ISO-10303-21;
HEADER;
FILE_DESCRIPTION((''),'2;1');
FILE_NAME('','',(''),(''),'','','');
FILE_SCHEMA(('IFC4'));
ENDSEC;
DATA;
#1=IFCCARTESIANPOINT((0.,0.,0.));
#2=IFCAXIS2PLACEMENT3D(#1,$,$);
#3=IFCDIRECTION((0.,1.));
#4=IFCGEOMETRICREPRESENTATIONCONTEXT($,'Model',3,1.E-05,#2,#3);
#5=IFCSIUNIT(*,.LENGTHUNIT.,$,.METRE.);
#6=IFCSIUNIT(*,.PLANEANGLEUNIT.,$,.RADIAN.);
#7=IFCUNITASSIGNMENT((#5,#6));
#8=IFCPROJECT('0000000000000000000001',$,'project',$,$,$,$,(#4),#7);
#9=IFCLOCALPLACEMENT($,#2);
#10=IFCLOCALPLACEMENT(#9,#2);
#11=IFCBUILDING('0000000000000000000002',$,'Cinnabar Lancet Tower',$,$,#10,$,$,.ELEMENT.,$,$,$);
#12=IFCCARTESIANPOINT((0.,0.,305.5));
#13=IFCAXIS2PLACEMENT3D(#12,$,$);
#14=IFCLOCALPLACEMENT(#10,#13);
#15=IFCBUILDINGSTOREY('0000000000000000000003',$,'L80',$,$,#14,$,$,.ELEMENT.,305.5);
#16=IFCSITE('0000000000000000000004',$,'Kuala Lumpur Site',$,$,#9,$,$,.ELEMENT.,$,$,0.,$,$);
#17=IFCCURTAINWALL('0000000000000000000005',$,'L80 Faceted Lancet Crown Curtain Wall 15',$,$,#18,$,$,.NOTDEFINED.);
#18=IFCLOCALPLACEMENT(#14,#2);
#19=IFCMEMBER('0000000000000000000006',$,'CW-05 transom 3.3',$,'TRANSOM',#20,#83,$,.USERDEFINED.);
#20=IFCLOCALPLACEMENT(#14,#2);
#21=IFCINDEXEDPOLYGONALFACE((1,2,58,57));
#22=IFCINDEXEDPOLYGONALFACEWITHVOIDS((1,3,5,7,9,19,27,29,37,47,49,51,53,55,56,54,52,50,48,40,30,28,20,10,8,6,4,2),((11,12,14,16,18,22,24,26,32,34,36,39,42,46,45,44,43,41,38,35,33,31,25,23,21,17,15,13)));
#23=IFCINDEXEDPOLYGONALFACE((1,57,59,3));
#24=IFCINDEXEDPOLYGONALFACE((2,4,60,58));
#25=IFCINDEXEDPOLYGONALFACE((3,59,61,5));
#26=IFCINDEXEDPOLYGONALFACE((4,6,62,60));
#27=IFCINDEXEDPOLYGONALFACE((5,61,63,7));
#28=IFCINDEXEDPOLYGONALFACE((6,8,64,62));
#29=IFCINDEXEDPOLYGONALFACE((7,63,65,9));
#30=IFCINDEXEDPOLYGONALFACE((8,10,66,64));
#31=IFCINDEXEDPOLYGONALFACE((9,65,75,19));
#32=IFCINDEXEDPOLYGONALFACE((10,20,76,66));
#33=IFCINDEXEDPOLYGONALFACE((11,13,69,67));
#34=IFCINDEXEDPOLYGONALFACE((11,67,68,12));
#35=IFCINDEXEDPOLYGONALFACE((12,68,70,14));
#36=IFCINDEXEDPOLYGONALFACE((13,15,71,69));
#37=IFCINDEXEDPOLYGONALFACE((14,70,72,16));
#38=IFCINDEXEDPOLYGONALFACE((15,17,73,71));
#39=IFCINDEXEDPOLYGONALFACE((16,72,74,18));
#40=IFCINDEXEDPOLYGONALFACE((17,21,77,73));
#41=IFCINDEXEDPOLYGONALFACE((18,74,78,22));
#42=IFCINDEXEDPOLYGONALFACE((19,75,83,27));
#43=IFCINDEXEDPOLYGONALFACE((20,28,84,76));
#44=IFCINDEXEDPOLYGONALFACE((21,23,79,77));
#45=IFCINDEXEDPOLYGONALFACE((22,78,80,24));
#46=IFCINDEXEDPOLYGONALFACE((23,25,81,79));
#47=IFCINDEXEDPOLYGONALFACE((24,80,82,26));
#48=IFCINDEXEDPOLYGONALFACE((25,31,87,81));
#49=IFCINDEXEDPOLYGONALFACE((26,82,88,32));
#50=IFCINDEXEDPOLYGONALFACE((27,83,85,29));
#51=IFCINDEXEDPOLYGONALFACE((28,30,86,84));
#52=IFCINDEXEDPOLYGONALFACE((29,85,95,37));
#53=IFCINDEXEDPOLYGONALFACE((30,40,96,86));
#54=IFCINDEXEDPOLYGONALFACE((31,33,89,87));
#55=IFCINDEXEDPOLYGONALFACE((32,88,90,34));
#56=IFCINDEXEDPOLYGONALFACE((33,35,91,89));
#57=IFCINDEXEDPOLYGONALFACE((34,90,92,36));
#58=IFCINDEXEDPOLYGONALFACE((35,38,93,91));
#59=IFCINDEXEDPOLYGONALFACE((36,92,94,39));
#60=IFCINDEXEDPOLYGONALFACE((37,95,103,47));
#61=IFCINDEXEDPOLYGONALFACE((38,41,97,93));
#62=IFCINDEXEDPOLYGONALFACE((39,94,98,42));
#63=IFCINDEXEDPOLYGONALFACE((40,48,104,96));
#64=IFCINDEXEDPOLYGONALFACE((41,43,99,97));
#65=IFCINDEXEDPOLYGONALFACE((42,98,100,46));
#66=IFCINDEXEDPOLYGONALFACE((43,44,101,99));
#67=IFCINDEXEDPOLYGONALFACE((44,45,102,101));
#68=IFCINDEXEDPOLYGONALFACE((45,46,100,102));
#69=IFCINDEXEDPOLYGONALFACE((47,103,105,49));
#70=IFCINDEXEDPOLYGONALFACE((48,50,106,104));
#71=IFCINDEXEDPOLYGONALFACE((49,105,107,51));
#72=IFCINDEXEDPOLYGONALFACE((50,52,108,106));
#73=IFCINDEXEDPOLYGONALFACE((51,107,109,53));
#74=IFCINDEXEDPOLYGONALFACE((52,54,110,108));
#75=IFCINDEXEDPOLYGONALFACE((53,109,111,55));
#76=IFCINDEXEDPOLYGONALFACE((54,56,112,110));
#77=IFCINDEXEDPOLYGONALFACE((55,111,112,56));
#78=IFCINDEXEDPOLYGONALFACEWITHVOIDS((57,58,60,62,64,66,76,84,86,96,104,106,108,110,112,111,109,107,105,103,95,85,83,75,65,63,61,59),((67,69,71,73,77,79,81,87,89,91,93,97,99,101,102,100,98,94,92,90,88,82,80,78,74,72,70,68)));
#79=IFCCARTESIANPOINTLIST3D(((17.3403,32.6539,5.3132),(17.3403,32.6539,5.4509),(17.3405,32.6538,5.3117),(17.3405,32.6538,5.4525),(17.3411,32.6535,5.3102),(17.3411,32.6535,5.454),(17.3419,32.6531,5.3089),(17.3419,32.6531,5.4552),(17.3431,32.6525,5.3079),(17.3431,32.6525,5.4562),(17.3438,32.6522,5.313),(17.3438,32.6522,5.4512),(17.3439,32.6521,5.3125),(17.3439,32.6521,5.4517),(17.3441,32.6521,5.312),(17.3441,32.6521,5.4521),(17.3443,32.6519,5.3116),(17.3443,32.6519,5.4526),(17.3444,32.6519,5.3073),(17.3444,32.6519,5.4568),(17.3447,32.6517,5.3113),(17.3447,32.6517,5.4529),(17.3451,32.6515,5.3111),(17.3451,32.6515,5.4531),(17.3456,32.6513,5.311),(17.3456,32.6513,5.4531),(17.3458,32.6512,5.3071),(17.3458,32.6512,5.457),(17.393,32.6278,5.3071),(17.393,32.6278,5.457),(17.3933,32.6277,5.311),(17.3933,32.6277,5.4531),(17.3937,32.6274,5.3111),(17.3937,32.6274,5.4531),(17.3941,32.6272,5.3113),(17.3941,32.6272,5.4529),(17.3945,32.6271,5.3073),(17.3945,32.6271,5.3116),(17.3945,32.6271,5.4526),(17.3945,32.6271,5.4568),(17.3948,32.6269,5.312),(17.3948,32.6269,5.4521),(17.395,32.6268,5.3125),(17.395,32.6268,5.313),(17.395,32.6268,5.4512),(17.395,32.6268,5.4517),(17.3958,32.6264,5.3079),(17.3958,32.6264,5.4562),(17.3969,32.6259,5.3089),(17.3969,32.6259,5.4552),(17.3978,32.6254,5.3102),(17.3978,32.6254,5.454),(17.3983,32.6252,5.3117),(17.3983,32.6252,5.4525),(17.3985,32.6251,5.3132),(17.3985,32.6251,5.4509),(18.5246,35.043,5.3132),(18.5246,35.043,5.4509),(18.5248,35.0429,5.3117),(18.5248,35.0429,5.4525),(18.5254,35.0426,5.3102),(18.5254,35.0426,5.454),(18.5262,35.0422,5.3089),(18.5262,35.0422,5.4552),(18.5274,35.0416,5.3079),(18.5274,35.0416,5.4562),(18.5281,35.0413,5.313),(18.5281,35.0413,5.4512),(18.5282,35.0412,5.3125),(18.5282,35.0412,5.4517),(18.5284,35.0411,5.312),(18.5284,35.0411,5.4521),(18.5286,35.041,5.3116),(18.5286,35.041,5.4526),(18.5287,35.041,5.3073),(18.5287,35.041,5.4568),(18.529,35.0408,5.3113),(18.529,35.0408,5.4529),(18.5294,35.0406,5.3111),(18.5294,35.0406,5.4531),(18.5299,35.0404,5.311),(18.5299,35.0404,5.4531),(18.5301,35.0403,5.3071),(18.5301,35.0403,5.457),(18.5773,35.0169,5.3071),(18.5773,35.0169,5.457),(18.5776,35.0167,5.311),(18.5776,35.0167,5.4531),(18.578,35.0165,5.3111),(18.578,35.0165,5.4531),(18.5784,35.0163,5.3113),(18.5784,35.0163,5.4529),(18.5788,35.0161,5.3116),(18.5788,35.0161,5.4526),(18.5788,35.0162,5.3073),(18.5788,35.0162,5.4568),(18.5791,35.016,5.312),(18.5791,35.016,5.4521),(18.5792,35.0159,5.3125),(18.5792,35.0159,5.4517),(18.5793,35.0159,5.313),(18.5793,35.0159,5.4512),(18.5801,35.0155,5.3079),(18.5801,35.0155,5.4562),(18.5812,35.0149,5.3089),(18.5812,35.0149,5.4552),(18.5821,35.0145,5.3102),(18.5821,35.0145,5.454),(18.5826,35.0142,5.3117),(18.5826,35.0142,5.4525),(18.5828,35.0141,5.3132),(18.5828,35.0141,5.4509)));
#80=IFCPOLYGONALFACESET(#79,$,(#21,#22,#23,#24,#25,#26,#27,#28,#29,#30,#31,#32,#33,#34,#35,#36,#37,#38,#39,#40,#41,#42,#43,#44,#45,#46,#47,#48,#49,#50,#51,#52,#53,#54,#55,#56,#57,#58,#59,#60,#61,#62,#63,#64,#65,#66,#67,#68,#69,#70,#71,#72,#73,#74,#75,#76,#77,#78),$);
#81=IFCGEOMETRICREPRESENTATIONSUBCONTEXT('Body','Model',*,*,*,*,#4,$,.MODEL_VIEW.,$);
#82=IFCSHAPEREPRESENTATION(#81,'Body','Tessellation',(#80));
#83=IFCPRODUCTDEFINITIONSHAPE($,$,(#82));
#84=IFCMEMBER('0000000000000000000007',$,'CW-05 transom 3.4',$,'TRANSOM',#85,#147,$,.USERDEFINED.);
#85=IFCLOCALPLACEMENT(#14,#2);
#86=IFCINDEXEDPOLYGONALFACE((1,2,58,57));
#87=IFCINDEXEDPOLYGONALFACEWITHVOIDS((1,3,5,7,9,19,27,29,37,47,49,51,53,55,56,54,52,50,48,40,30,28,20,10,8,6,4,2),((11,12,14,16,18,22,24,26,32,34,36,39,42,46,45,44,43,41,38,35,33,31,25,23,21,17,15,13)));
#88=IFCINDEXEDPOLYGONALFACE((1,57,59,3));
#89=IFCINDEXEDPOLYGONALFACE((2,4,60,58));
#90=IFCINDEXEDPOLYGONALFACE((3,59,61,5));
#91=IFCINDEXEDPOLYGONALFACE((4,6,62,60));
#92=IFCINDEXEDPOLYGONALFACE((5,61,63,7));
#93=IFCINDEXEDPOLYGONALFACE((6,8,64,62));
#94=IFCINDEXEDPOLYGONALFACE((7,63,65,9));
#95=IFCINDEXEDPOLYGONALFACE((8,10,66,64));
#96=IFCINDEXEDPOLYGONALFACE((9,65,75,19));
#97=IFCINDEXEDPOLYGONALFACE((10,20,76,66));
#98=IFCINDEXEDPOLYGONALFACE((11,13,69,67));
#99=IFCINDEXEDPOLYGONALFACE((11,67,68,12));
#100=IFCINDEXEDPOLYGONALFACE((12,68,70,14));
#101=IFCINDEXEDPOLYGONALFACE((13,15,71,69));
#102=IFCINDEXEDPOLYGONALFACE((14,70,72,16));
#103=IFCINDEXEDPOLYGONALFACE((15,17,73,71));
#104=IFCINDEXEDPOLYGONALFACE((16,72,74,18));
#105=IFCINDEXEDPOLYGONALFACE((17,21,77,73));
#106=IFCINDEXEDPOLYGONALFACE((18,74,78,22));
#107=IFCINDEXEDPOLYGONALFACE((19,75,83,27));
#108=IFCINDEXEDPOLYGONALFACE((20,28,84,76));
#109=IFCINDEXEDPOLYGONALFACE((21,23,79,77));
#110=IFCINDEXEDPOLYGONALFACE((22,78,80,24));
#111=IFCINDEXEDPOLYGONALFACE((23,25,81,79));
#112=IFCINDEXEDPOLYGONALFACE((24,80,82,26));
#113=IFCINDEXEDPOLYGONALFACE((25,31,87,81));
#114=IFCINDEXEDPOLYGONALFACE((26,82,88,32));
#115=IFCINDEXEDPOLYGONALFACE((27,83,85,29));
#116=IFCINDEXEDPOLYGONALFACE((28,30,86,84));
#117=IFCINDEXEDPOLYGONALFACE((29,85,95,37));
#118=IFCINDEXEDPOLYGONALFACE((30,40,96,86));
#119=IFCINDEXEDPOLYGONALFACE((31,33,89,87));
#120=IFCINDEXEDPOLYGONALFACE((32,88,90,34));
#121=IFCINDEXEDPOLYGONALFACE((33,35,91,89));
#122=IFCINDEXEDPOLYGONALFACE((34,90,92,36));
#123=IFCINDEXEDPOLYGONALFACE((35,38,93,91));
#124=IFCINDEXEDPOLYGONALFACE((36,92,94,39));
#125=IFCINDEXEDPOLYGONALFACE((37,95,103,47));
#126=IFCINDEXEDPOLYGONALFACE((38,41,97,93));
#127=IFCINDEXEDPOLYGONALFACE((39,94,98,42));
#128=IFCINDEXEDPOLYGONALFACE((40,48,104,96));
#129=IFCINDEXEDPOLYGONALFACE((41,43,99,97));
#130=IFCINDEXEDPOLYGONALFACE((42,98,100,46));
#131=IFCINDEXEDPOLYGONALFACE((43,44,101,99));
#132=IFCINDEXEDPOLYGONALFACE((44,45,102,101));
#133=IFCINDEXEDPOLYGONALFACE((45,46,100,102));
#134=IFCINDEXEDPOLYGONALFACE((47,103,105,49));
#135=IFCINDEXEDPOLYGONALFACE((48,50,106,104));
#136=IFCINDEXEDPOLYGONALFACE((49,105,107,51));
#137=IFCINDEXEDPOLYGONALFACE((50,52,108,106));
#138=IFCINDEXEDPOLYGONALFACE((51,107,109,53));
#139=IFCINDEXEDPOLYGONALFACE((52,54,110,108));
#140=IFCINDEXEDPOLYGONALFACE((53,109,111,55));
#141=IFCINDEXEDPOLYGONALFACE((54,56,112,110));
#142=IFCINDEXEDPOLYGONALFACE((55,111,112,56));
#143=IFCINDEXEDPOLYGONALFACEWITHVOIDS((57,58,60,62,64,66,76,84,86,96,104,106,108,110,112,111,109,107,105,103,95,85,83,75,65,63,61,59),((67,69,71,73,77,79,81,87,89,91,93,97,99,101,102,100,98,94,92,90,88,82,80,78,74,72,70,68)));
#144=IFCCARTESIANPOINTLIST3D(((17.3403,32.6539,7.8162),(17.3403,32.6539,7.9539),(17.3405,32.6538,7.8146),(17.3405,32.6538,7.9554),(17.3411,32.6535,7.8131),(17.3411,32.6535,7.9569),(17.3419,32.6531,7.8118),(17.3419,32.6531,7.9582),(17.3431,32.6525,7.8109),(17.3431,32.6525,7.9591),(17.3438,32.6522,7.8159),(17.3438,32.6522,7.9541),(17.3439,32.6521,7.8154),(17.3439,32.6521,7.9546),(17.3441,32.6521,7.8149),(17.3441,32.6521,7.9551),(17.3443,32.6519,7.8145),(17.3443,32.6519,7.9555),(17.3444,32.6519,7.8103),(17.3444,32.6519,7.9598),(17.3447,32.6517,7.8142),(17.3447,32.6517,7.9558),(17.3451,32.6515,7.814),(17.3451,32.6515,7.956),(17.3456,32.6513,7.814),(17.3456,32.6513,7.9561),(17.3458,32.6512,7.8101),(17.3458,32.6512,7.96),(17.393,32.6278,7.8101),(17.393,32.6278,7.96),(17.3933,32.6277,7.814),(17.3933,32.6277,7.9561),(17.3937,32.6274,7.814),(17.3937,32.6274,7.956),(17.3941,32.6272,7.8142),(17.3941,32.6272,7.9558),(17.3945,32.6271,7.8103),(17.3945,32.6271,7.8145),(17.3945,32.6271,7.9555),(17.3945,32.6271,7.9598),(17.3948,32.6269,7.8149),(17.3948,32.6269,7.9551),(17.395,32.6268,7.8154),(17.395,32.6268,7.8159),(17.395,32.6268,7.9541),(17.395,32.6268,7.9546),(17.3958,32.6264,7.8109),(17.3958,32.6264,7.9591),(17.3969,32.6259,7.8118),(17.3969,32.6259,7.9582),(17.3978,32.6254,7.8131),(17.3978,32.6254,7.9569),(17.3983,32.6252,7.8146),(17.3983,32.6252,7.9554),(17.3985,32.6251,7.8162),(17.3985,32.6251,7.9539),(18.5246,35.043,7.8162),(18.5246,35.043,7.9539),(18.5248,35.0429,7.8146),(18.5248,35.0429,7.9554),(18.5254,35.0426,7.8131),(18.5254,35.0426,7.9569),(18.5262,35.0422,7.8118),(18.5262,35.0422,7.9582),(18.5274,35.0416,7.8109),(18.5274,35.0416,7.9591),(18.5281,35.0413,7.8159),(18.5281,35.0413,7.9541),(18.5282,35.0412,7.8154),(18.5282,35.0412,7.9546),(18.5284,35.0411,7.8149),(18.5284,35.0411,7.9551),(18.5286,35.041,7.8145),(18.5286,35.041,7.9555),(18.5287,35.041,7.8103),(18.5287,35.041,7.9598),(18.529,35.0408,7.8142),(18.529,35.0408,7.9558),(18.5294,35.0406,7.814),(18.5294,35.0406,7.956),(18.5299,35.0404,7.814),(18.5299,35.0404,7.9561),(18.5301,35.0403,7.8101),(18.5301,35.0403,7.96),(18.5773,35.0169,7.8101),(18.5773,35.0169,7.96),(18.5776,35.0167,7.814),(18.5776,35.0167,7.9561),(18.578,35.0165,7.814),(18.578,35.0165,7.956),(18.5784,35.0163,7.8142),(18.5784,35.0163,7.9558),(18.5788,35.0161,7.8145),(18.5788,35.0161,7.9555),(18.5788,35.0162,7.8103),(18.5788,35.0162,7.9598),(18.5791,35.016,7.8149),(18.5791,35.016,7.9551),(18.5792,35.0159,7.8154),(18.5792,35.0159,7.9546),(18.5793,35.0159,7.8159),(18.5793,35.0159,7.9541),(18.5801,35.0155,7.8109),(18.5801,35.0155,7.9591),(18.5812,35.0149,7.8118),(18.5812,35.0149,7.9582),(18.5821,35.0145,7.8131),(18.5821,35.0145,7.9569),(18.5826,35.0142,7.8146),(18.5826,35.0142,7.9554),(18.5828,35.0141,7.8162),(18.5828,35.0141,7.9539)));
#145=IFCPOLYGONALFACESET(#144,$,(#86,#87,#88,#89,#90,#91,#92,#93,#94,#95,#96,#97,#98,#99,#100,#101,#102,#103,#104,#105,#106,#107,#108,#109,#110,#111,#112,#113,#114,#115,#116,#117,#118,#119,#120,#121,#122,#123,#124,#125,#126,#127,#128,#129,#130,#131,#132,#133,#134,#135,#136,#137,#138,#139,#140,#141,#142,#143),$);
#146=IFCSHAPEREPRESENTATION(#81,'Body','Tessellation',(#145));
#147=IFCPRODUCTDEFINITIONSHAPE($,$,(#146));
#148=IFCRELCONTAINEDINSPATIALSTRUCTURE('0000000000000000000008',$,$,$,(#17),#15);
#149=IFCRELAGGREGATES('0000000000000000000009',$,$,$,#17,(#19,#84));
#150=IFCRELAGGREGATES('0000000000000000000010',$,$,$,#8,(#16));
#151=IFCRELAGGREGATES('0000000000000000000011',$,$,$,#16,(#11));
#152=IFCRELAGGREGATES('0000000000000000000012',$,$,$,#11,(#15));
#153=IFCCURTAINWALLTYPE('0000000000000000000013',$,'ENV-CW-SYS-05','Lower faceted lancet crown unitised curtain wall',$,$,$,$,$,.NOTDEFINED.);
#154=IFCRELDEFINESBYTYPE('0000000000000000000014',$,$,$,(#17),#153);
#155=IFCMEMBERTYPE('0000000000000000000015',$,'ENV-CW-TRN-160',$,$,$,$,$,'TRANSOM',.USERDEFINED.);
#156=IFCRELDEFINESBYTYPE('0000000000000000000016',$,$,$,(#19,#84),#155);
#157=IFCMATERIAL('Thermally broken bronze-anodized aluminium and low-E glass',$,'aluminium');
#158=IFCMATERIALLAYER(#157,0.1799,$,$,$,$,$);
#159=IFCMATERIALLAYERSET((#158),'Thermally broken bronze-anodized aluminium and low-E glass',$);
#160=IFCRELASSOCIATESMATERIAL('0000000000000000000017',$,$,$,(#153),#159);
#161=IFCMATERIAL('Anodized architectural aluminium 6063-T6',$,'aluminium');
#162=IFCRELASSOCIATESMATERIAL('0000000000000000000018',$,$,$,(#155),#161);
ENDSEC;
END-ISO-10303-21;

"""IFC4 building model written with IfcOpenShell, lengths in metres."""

from ifc_helpers import new_model, si_unit, direction, frame, origin, origin_2d, place, context, subcontext, project, spatial, hollow_rectangle, extrude, material, layer, layer_set, material_profile, profile_set, type_object, element, aggregate, save


model = new_model("IFC4")

# Units and contexts
model_context = context("Model", 3, precision=1e-05, world=origin(), true_north=direction((0.0, 1.0)))
body_context = subcontext(model_context, "Body", "Model", "MODEL_VIEW")
ifc_project = project(units=[si_unit("LENGTHUNIT", "METRE"), si_unit("PLANEANGLEUNIT", "RADIAN")], contexts=[model_context])

# Site, building, storey
site_placement = place(None, origin())
site = spatial("IfcSite", under=ifc_project, at=site_placement, Name="Kuala Lumpur Site", CompositionType="ELEMENT", RefElevation=0.0)
building_placement = place(site_placement, origin())
building = spatial("IfcBuilding", under=site, at=building_placement, Name="Cinnabar Lancet Tower", CompositionType="ELEMENT")
storey_placement = place(building_placement, frame((0.0, 0.0, 305.5)))
storey = spatial("IfcBuildingStorey", under=building, at=storey_placement, Name="L80", CompositionType="ELEMENT", Elevation=305.5)

# Curtain wall, members
ifc_material_1 = material(Name="Thermally broken bronze-anodized aluminium and low-E glass", Category="aluminium")
ifc_layer_1 = layer(ifc_material_1, 0.1799)
ifc_layer_set_1 = layer_set([ifc_layer_1], Name="Thermally broken bronze-anodized aluminium and low-E glass")
curtain_wall_type = type_object("IfcCurtainWallType", Name="ENV-CW-SYS-05", Description="Lower faceted lancet crown unitised curtain wall", PredefinedType="NOTDEFINED", material=ifc_layer_set_1)
curtain_wall_placement = place(storey_placement, origin())
curtain_wall = element("IfcCurtainWall", 1, at=curtain_wall_placement, inside=storey, type_object=curtain_wall_type, Name="L80 Faceted Lancet Crown Curtain Wall 15", PredefinedType="NOTDEFINED")
ifc_material_2 = material(Name="Anodized architectural aluminium 6063-T6", Category="aluminium")
ifc_material_profile_1 = material_profile(ifc_material_2, hollow_rectangle(XDim=0.0649, YDim=0.1499, WallThickness=0.0039, InnerFilletRadius=0.002, OuterFilletRadius=0.0061, at=origin_2d()), Name="CW-TRN 150x65x4")
ifc_profile_set_1 = profile_set([ifc_material_profile_1], Name="Anodized architectural aluminium 6063-T6")
member_type_1 = type_object("IfcMemberType", Name="ENV-CW-TRN-160", ElementType="TRANSOM", PredefinedType="USERDEFINED", material=ifc_profile_set_1)
member_1_placement = place(storey_placement, frame((18.5537, 35.0286, 5.3821), z_axis=(-0.444135, -0.89596, 0.0), x_axis=(0.89596, -0.444135, 0.0)))
member_1 = element("IfcMember", 2, at=member_1_placement, type_object=member_type_1, Name="CW-05 transom 3.3", ObjectType="TRANSOM", PredefinedType="USERDEFINED", context=body_context, shape_type="SweptSolid", body=[
    extrude(hollow_rectangle(XDim=0.0649, YDim=0.1499, WallThickness=0.0039, InnerFilletRadius=0.002, OuterFilletRadius=0.0061, at=origin_2d()), origin(), (0.0, 0.0, 1.0), 2.6665),
])
member_2_placement = place(storey_placement, frame((18.5537, 35.0286, 7.885), z_axis=(-0.444135, -0.89596, 0.0), x_axis=(0.89596, -0.444135, 0.0)))
member_2 = element("IfcMember", 3, at=member_2_placement, type_object=member_type_1, Name="CW-05 transom 3.4", ObjectType="TRANSOM", PredefinedType="USERDEFINED", context=body_context, shape_type="SweptSolid", body=[
    extrude(hollow_rectangle(XDim=0.0649, YDim=0.1499, WallThickness=0.0039, InnerFilletRadius=0.002, OuterFilletRadius=0.0061, at=origin_2d()), origin(), (0.0, 0.0, 1.0), 2.6665),
])

aggregate(curtain_wall, [member_1, member_2])

save(model, "model.ifc")
